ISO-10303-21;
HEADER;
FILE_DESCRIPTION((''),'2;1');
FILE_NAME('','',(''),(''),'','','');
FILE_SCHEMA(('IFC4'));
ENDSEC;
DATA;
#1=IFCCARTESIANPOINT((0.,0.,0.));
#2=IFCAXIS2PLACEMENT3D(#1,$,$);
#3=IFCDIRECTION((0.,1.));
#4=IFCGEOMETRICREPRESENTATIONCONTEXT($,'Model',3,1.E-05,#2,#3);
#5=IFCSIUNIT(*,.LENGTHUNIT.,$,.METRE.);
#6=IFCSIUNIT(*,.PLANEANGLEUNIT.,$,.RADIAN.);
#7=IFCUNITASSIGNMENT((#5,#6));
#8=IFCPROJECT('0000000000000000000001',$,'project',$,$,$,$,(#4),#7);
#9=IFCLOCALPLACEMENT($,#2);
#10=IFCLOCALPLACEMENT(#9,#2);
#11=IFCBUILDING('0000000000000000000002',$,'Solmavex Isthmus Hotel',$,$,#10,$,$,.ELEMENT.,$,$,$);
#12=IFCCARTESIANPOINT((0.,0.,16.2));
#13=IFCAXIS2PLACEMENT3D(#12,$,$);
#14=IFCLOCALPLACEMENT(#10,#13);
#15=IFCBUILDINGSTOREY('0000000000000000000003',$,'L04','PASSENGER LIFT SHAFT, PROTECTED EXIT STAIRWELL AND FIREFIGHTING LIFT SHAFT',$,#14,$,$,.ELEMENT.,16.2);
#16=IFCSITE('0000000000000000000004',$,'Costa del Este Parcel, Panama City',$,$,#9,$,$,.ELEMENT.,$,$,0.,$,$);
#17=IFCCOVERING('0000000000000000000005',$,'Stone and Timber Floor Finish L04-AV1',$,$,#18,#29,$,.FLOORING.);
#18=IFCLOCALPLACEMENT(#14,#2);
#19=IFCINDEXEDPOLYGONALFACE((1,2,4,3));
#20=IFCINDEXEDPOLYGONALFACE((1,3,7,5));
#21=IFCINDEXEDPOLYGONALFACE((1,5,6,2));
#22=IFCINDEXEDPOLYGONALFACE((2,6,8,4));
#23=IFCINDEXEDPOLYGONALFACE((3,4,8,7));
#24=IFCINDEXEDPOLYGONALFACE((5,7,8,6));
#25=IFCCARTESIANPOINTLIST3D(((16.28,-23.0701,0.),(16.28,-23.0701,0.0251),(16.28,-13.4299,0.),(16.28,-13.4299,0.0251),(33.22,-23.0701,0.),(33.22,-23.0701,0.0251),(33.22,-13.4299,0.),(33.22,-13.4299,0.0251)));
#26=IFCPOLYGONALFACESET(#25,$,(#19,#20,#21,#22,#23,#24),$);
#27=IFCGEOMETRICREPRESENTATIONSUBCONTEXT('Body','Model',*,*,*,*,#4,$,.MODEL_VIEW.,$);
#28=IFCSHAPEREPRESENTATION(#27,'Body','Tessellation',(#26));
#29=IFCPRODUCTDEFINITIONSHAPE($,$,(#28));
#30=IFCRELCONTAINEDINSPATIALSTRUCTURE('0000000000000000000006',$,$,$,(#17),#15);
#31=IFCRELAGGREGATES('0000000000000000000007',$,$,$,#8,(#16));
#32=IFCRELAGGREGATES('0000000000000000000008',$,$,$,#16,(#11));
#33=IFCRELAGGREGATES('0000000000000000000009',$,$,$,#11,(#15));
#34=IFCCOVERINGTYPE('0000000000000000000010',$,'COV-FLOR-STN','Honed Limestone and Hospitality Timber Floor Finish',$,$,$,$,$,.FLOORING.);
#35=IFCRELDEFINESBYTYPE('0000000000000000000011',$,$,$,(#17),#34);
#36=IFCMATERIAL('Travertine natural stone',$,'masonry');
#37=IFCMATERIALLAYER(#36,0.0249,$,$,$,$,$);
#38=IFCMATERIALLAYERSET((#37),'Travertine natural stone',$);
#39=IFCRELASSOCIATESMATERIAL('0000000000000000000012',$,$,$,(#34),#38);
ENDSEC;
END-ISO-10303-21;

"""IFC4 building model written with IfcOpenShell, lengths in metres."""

from ifc_helpers import new_model, si_unit, direction, frame, origin, place, context, subcontext, project, spatial, polyline, outline, extrude, material, layer, layer_set, type_object, element, save


model = new_model("IFC4")

# Units and contexts
model_context = context("Model", 3, precision=1e-05, world=origin(), true_north=direction((0.0, 1.0)))
body_context = subcontext(model_context, "Body", "Model", "MODEL_VIEW")
ifc_project = project(units=[si_unit("LENGTHUNIT", "METRE"), si_unit("PLANEANGLEUNIT", "RADIAN")], contexts=[model_context])

# Site, building, storey
site_placement = place(None, origin())
site = spatial("IfcSite", under=ifc_project, at=site_placement, Name="Costa del Este Parcel, Panama City", CompositionType="ELEMENT", RefElevation=0.0)
building_placement = place(site_placement, origin())
building = spatial("IfcBuilding", under=site, at=building_placement, Name="Solmavex Isthmus Hotel", CompositionType="ELEMENT")
storey_placement = place(building_placement, frame((0.0, 0.0, 16.2)))
storey = spatial("IfcBuildingStorey", under=building, at=storey_placement, Name="L04", Description="PASSENGER LIFT SHAFT, PROTECTED EXIT STAIRWELL AND FIREFIGHTING LIFT SHAFT", CompositionType="ELEMENT", Elevation=16.2)

# Covering
ifc_material_1 = material(Name="Travertine natural stone", Category="masonry")
ifc_layer_1 = layer(ifc_material_1, 0.0249)
ifc_layer_set_1 = layer_set([ifc_layer_1], Name="Travertine natural stone")
covering_type_1 = type_object("IfcCoveringType", Name="COV-FLOR-STN", Description="Honed Limestone and Hospitality Timber Floor Finish", PredefinedType="FLOORING", material=ifc_layer_set_1)
covering_1_placement = place(storey_placement, origin())
element("IfcCovering", 1, at=covering_1_placement, inside=storey, type_object=covering_type_1, Name="Stone and Timber Floor Finish L04-AV1", PredefinedType="FLOORING", context=body_context, shape_type="SweptSolid", body=[
    extrude(outline(polyline([(33.22, -23.0701), (33.22, -13.4299), (16.28, -13.4299), (16.28, -23.0701), (33.22, -23.0701)])), origin(), (0.0, 0.0, 1.0), 0.0251),
])

save(model, "model.ifc")
